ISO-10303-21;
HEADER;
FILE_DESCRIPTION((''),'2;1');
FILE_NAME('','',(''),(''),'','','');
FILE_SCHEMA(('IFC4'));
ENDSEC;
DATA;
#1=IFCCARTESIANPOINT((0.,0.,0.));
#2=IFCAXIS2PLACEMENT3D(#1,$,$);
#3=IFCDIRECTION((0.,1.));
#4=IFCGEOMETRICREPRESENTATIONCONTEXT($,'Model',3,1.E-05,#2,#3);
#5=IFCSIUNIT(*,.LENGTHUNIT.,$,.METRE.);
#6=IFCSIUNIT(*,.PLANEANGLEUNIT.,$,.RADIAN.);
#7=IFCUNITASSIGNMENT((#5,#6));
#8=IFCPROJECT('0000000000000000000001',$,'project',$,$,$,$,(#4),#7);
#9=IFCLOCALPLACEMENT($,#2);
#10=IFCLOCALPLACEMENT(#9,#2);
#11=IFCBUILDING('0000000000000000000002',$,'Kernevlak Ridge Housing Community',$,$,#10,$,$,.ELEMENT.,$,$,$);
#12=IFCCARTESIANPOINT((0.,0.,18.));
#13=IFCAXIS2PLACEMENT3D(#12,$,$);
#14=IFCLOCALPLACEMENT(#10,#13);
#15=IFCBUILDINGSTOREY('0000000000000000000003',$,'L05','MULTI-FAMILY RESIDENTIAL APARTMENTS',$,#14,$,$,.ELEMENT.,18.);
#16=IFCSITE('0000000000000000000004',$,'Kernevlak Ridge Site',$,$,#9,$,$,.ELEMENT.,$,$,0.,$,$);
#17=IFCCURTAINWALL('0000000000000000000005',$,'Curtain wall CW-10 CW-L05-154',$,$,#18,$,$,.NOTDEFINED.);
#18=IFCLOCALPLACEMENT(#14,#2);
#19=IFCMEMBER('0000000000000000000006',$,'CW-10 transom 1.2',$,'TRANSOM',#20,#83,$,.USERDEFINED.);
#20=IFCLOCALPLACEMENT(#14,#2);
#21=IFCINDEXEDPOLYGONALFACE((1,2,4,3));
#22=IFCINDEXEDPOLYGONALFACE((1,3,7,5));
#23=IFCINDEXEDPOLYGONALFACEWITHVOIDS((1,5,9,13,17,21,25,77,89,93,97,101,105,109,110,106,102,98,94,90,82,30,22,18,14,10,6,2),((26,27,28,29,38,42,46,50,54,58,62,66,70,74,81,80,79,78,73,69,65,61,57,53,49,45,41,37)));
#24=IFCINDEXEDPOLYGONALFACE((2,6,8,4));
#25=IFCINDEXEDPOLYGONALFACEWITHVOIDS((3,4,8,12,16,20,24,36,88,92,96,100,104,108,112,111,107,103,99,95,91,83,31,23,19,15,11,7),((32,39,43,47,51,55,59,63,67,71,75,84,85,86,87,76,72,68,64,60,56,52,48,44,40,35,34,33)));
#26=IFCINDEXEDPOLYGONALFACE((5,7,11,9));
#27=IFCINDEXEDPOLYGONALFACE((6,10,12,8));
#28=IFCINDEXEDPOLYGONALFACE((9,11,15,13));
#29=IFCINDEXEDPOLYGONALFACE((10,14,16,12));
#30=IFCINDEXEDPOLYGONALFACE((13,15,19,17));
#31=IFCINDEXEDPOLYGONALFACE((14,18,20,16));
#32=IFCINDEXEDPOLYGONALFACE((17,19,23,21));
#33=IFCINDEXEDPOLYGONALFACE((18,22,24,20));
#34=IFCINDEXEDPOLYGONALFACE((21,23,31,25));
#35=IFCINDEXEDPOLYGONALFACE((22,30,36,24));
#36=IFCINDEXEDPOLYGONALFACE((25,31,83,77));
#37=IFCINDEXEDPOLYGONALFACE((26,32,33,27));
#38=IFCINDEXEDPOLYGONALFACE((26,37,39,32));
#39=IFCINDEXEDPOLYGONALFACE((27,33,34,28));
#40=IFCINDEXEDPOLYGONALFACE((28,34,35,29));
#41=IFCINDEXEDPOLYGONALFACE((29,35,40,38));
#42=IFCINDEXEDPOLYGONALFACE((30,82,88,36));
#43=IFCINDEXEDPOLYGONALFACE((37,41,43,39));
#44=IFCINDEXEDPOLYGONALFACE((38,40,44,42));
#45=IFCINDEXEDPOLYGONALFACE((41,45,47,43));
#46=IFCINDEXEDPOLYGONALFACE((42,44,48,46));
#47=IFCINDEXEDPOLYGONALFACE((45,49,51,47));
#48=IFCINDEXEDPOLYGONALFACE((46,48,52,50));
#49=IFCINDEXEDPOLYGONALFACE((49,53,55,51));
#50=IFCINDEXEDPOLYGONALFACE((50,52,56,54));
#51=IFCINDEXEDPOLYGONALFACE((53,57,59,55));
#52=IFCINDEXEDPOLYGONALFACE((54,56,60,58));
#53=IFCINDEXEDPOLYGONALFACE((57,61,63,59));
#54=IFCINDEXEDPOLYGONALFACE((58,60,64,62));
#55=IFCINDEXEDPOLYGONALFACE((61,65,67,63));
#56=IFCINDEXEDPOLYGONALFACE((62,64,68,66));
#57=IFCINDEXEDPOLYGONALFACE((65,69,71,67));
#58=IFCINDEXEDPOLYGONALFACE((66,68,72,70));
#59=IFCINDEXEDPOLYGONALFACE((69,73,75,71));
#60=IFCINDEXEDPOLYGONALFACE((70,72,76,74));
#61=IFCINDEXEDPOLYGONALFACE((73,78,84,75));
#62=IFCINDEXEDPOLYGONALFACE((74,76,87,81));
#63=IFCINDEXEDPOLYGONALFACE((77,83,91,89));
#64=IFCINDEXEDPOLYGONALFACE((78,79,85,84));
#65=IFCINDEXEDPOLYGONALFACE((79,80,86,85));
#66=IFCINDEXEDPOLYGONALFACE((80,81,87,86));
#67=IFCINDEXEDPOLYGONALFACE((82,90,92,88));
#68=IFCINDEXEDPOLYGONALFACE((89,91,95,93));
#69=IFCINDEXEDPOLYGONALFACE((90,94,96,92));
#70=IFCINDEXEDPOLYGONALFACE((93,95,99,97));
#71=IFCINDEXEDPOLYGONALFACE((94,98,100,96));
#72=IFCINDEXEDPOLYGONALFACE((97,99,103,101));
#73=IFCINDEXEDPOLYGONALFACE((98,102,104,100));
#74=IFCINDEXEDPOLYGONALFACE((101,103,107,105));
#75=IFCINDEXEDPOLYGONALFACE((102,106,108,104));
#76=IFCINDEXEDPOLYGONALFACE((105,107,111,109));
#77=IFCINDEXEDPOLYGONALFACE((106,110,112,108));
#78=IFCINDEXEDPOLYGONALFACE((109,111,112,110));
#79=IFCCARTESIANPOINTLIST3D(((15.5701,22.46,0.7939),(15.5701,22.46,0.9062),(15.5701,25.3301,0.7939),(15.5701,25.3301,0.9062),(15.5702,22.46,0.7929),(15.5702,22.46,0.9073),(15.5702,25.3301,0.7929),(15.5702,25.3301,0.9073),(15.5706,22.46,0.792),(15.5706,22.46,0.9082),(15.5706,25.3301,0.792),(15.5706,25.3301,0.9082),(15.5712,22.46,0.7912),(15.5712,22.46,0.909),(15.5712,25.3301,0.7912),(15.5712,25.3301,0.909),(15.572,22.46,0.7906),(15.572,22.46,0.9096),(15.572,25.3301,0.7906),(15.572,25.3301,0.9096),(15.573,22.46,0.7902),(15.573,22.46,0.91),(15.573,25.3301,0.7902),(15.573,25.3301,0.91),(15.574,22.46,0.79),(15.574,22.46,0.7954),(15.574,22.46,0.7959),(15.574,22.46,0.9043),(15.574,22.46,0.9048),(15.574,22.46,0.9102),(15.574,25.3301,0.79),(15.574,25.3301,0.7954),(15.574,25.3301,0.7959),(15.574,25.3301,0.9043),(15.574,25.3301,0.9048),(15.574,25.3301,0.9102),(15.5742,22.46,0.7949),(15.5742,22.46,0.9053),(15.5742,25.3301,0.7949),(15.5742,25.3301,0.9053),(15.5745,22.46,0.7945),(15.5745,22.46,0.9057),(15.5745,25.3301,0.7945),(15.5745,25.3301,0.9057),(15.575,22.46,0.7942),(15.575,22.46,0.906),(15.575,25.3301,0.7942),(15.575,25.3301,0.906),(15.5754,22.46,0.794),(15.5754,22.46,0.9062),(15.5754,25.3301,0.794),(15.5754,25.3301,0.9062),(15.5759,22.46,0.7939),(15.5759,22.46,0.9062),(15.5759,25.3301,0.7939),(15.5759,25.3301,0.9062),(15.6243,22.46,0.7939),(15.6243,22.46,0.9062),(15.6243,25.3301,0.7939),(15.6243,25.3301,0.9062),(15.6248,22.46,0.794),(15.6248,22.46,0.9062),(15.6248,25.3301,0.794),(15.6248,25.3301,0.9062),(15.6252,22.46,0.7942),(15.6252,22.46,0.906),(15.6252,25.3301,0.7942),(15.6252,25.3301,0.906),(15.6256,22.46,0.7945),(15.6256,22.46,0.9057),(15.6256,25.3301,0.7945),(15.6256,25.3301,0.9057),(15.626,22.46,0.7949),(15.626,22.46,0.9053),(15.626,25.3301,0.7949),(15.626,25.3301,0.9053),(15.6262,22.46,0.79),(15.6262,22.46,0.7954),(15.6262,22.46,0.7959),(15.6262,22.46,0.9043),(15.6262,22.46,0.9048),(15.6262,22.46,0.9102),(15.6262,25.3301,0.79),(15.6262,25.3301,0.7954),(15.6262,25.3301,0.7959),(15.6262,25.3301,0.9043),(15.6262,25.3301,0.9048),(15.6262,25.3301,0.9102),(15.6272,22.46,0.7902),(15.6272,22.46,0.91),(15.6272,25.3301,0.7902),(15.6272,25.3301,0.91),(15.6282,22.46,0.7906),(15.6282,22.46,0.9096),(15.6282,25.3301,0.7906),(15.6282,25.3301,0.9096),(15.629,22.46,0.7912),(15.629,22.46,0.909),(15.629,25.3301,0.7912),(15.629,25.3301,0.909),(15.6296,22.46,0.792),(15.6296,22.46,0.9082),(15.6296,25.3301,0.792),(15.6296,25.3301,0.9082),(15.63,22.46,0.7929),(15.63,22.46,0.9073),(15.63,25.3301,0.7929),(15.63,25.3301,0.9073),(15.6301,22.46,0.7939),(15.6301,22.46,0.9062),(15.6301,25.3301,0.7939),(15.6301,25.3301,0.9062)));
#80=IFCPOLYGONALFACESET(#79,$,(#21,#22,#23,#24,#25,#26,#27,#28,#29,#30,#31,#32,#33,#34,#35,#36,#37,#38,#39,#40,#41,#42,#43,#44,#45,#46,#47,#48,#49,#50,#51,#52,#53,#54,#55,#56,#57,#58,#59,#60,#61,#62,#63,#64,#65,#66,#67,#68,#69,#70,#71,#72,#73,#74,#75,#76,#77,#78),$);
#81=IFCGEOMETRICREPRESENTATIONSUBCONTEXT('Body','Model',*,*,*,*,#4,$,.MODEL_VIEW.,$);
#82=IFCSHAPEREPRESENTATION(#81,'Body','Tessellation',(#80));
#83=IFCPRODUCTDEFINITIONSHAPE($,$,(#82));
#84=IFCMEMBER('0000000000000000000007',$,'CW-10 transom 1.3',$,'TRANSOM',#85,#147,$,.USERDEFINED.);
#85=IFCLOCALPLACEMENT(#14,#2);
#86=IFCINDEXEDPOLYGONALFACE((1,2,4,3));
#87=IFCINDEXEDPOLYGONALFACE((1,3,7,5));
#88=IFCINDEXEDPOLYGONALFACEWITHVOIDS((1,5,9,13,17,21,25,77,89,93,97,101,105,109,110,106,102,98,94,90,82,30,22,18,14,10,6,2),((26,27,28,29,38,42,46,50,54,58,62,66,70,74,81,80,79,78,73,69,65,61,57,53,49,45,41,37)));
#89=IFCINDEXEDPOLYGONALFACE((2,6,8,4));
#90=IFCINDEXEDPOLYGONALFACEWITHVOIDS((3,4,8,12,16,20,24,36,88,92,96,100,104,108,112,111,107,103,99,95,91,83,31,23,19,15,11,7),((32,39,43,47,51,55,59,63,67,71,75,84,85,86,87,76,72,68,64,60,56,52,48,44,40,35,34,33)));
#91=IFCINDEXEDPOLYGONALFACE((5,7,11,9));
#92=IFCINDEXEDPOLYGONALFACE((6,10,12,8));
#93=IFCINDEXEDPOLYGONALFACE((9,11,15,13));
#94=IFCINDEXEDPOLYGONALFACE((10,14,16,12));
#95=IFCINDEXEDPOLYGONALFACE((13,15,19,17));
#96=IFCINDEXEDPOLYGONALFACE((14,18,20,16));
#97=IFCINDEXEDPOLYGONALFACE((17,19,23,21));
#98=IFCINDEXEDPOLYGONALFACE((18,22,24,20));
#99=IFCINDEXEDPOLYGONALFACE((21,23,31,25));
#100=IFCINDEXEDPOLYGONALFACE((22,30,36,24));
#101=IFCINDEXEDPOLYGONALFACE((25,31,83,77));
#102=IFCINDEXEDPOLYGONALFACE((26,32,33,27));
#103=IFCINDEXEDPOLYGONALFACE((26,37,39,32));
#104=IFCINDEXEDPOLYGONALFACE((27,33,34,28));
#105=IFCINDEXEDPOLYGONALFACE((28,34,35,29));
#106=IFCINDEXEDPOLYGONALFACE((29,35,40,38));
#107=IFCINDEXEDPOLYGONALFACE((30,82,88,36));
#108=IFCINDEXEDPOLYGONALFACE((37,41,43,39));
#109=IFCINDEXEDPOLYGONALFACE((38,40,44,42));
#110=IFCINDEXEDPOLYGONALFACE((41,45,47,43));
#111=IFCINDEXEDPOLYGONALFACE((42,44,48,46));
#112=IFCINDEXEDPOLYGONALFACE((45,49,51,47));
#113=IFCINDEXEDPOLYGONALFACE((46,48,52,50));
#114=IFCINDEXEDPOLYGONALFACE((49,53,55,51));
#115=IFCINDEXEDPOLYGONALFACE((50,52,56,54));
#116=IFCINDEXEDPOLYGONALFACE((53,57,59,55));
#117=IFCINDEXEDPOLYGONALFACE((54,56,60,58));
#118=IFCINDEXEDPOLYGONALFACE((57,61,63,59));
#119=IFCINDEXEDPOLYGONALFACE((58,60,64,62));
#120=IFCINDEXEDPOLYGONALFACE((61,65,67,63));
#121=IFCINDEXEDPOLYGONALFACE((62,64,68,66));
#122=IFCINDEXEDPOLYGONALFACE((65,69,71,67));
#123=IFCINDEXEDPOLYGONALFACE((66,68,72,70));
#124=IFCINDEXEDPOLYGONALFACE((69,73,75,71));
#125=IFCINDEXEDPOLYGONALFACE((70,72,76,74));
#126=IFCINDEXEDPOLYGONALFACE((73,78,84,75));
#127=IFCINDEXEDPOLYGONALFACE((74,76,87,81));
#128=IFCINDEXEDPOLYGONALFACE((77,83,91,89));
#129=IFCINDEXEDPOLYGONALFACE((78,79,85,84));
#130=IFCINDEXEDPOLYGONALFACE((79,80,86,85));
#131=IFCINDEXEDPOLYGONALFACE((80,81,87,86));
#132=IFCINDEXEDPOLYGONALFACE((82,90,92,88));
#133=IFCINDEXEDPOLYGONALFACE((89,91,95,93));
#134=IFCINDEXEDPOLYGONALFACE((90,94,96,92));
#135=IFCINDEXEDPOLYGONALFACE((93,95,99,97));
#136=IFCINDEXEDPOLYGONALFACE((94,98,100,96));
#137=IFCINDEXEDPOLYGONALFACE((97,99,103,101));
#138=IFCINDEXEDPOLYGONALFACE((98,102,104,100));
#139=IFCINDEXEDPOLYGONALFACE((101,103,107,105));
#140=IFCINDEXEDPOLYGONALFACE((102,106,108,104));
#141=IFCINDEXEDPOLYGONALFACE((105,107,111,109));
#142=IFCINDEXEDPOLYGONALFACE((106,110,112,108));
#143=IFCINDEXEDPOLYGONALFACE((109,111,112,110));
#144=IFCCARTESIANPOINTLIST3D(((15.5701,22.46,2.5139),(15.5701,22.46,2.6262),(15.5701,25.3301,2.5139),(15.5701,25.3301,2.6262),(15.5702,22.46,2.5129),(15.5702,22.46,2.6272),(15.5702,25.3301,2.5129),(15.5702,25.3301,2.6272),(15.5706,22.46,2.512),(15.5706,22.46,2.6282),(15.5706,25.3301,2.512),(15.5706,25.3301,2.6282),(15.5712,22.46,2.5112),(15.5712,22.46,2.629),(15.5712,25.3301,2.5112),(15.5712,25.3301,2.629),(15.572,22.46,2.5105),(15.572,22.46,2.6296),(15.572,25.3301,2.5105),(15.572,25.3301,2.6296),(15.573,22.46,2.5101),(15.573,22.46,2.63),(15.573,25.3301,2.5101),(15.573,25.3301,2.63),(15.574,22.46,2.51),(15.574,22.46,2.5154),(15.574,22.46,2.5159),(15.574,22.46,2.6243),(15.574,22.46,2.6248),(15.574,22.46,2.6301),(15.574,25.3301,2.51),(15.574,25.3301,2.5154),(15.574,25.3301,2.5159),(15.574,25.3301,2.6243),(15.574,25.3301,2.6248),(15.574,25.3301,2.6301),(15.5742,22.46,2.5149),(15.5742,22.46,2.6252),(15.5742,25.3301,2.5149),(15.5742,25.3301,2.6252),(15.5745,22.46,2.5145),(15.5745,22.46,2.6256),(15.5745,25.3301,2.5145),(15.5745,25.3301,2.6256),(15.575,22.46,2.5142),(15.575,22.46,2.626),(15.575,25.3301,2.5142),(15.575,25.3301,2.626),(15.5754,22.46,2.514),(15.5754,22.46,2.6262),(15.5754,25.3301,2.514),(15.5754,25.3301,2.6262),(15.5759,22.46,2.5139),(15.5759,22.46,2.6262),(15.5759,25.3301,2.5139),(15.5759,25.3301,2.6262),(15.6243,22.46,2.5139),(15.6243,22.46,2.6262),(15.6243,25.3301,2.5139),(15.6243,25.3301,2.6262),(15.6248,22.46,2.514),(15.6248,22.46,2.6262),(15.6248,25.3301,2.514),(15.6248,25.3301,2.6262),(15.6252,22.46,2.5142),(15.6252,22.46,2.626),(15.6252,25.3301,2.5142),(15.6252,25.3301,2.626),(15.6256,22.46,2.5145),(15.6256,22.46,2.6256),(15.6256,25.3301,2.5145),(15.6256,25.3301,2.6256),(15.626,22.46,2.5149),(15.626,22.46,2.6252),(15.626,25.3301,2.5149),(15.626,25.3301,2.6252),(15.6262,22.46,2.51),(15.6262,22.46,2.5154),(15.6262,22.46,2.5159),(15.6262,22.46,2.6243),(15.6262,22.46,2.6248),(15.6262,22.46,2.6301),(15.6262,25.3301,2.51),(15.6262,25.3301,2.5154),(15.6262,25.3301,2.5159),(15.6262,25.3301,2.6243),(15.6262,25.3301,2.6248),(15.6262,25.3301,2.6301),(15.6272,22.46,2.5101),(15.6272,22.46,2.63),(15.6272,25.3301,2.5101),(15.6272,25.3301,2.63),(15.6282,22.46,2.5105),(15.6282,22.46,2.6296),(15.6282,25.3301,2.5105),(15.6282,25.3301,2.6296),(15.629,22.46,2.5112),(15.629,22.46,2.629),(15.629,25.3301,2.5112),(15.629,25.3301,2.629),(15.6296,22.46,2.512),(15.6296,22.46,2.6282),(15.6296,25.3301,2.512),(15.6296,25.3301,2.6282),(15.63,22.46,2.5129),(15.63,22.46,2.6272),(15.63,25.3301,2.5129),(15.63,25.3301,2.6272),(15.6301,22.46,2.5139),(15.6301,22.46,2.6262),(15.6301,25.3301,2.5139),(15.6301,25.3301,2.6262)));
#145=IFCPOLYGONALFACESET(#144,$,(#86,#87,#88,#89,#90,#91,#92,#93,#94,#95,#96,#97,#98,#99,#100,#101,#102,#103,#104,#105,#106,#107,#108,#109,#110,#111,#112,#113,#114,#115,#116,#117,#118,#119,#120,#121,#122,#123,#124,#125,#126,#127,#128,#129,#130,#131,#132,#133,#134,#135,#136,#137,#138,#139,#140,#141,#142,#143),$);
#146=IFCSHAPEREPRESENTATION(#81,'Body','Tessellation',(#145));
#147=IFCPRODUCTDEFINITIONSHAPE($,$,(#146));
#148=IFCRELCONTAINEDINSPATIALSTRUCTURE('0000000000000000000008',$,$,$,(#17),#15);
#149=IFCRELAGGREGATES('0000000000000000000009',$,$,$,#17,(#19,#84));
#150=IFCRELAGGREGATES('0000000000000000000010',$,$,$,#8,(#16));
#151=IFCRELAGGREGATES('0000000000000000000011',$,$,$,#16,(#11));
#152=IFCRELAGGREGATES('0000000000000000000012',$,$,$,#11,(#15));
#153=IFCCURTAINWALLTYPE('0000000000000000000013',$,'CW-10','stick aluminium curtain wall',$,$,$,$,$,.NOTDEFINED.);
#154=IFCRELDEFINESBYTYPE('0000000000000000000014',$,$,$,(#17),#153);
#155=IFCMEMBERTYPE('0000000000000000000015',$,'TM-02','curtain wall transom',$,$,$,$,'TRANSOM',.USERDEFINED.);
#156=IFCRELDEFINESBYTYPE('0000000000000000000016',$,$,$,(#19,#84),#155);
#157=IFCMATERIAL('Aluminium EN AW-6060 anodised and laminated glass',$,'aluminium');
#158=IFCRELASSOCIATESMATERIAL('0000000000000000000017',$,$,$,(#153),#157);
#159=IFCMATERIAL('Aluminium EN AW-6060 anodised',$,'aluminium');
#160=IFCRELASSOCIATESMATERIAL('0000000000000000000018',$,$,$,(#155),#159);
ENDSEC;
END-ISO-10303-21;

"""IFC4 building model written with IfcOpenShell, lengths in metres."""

from ifc_helpers import new_model, si_unit, direction, frame, origin, origin_2d, place, context, subcontext, project, spatial, hollow_rectangle, extrude, material, material_profile, profile_set, type_object, element, aggregate, save


model = new_model("IFC4")

# Units and contexts
model_context = context("Model", 3, precision=1e-05, world=origin(), true_north=direction((0.0, 1.0)))
body_context = subcontext(model_context, "Body", "Model", "MODEL_VIEW")
ifc_project = project(units=[si_unit("LENGTHUNIT", "METRE"), si_unit("PLANEANGLEUNIT", "RADIAN")], contexts=[model_context])

# Site, building, storey
site_placement = place(None, origin())
site = spatial("IfcSite", under=ifc_project, at=site_placement, Name="Kernevlak Ridge Site", CompositionType="ELEMENT", RefElevation=0.0)
building_placement = place(site_placement, origin())
building = spatial("IfcBuilding", under=site, at=building_placement, Name="Kernevlak Ridge Housing Community", CompositionType="ELEMENT")
storey_placement = place(building_placement, frame((0.0, 0.0, 18.0)))
storey = spatial("IfcBuildingStorey", under=building, at=storey_placement, Name="L05", Description="MULTI-FAMILY RESIDENTIAL APARTMENTS", CompositionType="ELEMENT", Elevation=18.0)

# Curtain wall
ifc_material_1 = material(Name="Aluminium EN AW-6060 anodised and laminated glass", Category="aluminium")
curtain_wall_type_1 = type_object("IfcCurtainWallType", Name="CW-10", Description="stick aluminium curtain wall", PredefinedType="NOTDEFINED", material=ifc_material_1)
curtain_wall_1_placement = place(storey_placement, origin())
curtain_wall_1 = element("IfcCurtainWall", 1, at=curtain_wall_1_placement, inside=storey, type_object=curtain_wall_type_1, Name="Curtain wall CW-10 CW-L05-154", PredefinedType="NOTDEFINED")
ifc_material_2 = material(Name="Aluminium EN AW-6060 anodised", Category="aluminium")

# Members
ifc_material_profile_1 = material_profile(ifc_material_2, hollow_rectangle(XDim=0.0601, YDim=0.1201, WallThickness=0.0039, InnerFilletRadius=0.002, OuterFilletRadius=0.0039, at=origin_2d()), Name="ALU 60x120x4")
ifc_profile_set_1 = profile_set([ifc_material_profile_1], Name="Aluminium EN AW-6060 anodised")
member_type_1 = type_object("IfcMemberType", Name="TM-02", Description="curtain wall transom", ElementType="TRANSOM", PredefinedType="USERDEFINED", material=ifc_profile_set_1)
member_1_placement = place(storey_placement, frame((15.6001, 22.46, 0.8501), z_axis=(0.0, 1.0, 0.0), x_axis=(-1.0, 0.0, 0.0)))
member_1 = element("IfcMember", 2, at=member_1_placement, type_object=member_type_1, Name="CW-10 transom 1.2", ObjectType="TRANSOM", PredefinedType="USERDEFINED", context=body_context, shape_type="SweptSolid", body=[
    extrude(hollow_rectangle(XDim=0.0601, YDim=0.1201, WallThickness=0.0039, InnerFilletRadius=0.002, OuterFilletRadius=0.0039, at=origin_2d()), origin(), (0.0, 0.0, 1.0), 2.8701),
])
member_2_placement = place(storey_placement, frame((15.6001, 22.46, 2.5701), z_axis=(0.0, 1.0, 0.0), x_axis=(-1.0, 0.0, 0.0)))
member_2 = element("IfcMember", 3, at=member_2_placement, type_object=member_type_1, Name="CW-10 transom 1.3", ObjectType="TRANSOM", PredefinedType="USERDEFINED", context=body_context, shape_type="SweptSolid", body=[
    extrude(hollow_rectangle(XDim=0.0601, YDim=0.1201, WallThickness=0.0039, InnerFilletRadius=0.002, OuterFilletRadius=0.0039, at=origin_2d()), origin(), (0.0, 0.0, 1.0), 2.8701),
])

aggregate(curtain_wall_1, [member_1, member_2])

save(model, "model.ifc")
